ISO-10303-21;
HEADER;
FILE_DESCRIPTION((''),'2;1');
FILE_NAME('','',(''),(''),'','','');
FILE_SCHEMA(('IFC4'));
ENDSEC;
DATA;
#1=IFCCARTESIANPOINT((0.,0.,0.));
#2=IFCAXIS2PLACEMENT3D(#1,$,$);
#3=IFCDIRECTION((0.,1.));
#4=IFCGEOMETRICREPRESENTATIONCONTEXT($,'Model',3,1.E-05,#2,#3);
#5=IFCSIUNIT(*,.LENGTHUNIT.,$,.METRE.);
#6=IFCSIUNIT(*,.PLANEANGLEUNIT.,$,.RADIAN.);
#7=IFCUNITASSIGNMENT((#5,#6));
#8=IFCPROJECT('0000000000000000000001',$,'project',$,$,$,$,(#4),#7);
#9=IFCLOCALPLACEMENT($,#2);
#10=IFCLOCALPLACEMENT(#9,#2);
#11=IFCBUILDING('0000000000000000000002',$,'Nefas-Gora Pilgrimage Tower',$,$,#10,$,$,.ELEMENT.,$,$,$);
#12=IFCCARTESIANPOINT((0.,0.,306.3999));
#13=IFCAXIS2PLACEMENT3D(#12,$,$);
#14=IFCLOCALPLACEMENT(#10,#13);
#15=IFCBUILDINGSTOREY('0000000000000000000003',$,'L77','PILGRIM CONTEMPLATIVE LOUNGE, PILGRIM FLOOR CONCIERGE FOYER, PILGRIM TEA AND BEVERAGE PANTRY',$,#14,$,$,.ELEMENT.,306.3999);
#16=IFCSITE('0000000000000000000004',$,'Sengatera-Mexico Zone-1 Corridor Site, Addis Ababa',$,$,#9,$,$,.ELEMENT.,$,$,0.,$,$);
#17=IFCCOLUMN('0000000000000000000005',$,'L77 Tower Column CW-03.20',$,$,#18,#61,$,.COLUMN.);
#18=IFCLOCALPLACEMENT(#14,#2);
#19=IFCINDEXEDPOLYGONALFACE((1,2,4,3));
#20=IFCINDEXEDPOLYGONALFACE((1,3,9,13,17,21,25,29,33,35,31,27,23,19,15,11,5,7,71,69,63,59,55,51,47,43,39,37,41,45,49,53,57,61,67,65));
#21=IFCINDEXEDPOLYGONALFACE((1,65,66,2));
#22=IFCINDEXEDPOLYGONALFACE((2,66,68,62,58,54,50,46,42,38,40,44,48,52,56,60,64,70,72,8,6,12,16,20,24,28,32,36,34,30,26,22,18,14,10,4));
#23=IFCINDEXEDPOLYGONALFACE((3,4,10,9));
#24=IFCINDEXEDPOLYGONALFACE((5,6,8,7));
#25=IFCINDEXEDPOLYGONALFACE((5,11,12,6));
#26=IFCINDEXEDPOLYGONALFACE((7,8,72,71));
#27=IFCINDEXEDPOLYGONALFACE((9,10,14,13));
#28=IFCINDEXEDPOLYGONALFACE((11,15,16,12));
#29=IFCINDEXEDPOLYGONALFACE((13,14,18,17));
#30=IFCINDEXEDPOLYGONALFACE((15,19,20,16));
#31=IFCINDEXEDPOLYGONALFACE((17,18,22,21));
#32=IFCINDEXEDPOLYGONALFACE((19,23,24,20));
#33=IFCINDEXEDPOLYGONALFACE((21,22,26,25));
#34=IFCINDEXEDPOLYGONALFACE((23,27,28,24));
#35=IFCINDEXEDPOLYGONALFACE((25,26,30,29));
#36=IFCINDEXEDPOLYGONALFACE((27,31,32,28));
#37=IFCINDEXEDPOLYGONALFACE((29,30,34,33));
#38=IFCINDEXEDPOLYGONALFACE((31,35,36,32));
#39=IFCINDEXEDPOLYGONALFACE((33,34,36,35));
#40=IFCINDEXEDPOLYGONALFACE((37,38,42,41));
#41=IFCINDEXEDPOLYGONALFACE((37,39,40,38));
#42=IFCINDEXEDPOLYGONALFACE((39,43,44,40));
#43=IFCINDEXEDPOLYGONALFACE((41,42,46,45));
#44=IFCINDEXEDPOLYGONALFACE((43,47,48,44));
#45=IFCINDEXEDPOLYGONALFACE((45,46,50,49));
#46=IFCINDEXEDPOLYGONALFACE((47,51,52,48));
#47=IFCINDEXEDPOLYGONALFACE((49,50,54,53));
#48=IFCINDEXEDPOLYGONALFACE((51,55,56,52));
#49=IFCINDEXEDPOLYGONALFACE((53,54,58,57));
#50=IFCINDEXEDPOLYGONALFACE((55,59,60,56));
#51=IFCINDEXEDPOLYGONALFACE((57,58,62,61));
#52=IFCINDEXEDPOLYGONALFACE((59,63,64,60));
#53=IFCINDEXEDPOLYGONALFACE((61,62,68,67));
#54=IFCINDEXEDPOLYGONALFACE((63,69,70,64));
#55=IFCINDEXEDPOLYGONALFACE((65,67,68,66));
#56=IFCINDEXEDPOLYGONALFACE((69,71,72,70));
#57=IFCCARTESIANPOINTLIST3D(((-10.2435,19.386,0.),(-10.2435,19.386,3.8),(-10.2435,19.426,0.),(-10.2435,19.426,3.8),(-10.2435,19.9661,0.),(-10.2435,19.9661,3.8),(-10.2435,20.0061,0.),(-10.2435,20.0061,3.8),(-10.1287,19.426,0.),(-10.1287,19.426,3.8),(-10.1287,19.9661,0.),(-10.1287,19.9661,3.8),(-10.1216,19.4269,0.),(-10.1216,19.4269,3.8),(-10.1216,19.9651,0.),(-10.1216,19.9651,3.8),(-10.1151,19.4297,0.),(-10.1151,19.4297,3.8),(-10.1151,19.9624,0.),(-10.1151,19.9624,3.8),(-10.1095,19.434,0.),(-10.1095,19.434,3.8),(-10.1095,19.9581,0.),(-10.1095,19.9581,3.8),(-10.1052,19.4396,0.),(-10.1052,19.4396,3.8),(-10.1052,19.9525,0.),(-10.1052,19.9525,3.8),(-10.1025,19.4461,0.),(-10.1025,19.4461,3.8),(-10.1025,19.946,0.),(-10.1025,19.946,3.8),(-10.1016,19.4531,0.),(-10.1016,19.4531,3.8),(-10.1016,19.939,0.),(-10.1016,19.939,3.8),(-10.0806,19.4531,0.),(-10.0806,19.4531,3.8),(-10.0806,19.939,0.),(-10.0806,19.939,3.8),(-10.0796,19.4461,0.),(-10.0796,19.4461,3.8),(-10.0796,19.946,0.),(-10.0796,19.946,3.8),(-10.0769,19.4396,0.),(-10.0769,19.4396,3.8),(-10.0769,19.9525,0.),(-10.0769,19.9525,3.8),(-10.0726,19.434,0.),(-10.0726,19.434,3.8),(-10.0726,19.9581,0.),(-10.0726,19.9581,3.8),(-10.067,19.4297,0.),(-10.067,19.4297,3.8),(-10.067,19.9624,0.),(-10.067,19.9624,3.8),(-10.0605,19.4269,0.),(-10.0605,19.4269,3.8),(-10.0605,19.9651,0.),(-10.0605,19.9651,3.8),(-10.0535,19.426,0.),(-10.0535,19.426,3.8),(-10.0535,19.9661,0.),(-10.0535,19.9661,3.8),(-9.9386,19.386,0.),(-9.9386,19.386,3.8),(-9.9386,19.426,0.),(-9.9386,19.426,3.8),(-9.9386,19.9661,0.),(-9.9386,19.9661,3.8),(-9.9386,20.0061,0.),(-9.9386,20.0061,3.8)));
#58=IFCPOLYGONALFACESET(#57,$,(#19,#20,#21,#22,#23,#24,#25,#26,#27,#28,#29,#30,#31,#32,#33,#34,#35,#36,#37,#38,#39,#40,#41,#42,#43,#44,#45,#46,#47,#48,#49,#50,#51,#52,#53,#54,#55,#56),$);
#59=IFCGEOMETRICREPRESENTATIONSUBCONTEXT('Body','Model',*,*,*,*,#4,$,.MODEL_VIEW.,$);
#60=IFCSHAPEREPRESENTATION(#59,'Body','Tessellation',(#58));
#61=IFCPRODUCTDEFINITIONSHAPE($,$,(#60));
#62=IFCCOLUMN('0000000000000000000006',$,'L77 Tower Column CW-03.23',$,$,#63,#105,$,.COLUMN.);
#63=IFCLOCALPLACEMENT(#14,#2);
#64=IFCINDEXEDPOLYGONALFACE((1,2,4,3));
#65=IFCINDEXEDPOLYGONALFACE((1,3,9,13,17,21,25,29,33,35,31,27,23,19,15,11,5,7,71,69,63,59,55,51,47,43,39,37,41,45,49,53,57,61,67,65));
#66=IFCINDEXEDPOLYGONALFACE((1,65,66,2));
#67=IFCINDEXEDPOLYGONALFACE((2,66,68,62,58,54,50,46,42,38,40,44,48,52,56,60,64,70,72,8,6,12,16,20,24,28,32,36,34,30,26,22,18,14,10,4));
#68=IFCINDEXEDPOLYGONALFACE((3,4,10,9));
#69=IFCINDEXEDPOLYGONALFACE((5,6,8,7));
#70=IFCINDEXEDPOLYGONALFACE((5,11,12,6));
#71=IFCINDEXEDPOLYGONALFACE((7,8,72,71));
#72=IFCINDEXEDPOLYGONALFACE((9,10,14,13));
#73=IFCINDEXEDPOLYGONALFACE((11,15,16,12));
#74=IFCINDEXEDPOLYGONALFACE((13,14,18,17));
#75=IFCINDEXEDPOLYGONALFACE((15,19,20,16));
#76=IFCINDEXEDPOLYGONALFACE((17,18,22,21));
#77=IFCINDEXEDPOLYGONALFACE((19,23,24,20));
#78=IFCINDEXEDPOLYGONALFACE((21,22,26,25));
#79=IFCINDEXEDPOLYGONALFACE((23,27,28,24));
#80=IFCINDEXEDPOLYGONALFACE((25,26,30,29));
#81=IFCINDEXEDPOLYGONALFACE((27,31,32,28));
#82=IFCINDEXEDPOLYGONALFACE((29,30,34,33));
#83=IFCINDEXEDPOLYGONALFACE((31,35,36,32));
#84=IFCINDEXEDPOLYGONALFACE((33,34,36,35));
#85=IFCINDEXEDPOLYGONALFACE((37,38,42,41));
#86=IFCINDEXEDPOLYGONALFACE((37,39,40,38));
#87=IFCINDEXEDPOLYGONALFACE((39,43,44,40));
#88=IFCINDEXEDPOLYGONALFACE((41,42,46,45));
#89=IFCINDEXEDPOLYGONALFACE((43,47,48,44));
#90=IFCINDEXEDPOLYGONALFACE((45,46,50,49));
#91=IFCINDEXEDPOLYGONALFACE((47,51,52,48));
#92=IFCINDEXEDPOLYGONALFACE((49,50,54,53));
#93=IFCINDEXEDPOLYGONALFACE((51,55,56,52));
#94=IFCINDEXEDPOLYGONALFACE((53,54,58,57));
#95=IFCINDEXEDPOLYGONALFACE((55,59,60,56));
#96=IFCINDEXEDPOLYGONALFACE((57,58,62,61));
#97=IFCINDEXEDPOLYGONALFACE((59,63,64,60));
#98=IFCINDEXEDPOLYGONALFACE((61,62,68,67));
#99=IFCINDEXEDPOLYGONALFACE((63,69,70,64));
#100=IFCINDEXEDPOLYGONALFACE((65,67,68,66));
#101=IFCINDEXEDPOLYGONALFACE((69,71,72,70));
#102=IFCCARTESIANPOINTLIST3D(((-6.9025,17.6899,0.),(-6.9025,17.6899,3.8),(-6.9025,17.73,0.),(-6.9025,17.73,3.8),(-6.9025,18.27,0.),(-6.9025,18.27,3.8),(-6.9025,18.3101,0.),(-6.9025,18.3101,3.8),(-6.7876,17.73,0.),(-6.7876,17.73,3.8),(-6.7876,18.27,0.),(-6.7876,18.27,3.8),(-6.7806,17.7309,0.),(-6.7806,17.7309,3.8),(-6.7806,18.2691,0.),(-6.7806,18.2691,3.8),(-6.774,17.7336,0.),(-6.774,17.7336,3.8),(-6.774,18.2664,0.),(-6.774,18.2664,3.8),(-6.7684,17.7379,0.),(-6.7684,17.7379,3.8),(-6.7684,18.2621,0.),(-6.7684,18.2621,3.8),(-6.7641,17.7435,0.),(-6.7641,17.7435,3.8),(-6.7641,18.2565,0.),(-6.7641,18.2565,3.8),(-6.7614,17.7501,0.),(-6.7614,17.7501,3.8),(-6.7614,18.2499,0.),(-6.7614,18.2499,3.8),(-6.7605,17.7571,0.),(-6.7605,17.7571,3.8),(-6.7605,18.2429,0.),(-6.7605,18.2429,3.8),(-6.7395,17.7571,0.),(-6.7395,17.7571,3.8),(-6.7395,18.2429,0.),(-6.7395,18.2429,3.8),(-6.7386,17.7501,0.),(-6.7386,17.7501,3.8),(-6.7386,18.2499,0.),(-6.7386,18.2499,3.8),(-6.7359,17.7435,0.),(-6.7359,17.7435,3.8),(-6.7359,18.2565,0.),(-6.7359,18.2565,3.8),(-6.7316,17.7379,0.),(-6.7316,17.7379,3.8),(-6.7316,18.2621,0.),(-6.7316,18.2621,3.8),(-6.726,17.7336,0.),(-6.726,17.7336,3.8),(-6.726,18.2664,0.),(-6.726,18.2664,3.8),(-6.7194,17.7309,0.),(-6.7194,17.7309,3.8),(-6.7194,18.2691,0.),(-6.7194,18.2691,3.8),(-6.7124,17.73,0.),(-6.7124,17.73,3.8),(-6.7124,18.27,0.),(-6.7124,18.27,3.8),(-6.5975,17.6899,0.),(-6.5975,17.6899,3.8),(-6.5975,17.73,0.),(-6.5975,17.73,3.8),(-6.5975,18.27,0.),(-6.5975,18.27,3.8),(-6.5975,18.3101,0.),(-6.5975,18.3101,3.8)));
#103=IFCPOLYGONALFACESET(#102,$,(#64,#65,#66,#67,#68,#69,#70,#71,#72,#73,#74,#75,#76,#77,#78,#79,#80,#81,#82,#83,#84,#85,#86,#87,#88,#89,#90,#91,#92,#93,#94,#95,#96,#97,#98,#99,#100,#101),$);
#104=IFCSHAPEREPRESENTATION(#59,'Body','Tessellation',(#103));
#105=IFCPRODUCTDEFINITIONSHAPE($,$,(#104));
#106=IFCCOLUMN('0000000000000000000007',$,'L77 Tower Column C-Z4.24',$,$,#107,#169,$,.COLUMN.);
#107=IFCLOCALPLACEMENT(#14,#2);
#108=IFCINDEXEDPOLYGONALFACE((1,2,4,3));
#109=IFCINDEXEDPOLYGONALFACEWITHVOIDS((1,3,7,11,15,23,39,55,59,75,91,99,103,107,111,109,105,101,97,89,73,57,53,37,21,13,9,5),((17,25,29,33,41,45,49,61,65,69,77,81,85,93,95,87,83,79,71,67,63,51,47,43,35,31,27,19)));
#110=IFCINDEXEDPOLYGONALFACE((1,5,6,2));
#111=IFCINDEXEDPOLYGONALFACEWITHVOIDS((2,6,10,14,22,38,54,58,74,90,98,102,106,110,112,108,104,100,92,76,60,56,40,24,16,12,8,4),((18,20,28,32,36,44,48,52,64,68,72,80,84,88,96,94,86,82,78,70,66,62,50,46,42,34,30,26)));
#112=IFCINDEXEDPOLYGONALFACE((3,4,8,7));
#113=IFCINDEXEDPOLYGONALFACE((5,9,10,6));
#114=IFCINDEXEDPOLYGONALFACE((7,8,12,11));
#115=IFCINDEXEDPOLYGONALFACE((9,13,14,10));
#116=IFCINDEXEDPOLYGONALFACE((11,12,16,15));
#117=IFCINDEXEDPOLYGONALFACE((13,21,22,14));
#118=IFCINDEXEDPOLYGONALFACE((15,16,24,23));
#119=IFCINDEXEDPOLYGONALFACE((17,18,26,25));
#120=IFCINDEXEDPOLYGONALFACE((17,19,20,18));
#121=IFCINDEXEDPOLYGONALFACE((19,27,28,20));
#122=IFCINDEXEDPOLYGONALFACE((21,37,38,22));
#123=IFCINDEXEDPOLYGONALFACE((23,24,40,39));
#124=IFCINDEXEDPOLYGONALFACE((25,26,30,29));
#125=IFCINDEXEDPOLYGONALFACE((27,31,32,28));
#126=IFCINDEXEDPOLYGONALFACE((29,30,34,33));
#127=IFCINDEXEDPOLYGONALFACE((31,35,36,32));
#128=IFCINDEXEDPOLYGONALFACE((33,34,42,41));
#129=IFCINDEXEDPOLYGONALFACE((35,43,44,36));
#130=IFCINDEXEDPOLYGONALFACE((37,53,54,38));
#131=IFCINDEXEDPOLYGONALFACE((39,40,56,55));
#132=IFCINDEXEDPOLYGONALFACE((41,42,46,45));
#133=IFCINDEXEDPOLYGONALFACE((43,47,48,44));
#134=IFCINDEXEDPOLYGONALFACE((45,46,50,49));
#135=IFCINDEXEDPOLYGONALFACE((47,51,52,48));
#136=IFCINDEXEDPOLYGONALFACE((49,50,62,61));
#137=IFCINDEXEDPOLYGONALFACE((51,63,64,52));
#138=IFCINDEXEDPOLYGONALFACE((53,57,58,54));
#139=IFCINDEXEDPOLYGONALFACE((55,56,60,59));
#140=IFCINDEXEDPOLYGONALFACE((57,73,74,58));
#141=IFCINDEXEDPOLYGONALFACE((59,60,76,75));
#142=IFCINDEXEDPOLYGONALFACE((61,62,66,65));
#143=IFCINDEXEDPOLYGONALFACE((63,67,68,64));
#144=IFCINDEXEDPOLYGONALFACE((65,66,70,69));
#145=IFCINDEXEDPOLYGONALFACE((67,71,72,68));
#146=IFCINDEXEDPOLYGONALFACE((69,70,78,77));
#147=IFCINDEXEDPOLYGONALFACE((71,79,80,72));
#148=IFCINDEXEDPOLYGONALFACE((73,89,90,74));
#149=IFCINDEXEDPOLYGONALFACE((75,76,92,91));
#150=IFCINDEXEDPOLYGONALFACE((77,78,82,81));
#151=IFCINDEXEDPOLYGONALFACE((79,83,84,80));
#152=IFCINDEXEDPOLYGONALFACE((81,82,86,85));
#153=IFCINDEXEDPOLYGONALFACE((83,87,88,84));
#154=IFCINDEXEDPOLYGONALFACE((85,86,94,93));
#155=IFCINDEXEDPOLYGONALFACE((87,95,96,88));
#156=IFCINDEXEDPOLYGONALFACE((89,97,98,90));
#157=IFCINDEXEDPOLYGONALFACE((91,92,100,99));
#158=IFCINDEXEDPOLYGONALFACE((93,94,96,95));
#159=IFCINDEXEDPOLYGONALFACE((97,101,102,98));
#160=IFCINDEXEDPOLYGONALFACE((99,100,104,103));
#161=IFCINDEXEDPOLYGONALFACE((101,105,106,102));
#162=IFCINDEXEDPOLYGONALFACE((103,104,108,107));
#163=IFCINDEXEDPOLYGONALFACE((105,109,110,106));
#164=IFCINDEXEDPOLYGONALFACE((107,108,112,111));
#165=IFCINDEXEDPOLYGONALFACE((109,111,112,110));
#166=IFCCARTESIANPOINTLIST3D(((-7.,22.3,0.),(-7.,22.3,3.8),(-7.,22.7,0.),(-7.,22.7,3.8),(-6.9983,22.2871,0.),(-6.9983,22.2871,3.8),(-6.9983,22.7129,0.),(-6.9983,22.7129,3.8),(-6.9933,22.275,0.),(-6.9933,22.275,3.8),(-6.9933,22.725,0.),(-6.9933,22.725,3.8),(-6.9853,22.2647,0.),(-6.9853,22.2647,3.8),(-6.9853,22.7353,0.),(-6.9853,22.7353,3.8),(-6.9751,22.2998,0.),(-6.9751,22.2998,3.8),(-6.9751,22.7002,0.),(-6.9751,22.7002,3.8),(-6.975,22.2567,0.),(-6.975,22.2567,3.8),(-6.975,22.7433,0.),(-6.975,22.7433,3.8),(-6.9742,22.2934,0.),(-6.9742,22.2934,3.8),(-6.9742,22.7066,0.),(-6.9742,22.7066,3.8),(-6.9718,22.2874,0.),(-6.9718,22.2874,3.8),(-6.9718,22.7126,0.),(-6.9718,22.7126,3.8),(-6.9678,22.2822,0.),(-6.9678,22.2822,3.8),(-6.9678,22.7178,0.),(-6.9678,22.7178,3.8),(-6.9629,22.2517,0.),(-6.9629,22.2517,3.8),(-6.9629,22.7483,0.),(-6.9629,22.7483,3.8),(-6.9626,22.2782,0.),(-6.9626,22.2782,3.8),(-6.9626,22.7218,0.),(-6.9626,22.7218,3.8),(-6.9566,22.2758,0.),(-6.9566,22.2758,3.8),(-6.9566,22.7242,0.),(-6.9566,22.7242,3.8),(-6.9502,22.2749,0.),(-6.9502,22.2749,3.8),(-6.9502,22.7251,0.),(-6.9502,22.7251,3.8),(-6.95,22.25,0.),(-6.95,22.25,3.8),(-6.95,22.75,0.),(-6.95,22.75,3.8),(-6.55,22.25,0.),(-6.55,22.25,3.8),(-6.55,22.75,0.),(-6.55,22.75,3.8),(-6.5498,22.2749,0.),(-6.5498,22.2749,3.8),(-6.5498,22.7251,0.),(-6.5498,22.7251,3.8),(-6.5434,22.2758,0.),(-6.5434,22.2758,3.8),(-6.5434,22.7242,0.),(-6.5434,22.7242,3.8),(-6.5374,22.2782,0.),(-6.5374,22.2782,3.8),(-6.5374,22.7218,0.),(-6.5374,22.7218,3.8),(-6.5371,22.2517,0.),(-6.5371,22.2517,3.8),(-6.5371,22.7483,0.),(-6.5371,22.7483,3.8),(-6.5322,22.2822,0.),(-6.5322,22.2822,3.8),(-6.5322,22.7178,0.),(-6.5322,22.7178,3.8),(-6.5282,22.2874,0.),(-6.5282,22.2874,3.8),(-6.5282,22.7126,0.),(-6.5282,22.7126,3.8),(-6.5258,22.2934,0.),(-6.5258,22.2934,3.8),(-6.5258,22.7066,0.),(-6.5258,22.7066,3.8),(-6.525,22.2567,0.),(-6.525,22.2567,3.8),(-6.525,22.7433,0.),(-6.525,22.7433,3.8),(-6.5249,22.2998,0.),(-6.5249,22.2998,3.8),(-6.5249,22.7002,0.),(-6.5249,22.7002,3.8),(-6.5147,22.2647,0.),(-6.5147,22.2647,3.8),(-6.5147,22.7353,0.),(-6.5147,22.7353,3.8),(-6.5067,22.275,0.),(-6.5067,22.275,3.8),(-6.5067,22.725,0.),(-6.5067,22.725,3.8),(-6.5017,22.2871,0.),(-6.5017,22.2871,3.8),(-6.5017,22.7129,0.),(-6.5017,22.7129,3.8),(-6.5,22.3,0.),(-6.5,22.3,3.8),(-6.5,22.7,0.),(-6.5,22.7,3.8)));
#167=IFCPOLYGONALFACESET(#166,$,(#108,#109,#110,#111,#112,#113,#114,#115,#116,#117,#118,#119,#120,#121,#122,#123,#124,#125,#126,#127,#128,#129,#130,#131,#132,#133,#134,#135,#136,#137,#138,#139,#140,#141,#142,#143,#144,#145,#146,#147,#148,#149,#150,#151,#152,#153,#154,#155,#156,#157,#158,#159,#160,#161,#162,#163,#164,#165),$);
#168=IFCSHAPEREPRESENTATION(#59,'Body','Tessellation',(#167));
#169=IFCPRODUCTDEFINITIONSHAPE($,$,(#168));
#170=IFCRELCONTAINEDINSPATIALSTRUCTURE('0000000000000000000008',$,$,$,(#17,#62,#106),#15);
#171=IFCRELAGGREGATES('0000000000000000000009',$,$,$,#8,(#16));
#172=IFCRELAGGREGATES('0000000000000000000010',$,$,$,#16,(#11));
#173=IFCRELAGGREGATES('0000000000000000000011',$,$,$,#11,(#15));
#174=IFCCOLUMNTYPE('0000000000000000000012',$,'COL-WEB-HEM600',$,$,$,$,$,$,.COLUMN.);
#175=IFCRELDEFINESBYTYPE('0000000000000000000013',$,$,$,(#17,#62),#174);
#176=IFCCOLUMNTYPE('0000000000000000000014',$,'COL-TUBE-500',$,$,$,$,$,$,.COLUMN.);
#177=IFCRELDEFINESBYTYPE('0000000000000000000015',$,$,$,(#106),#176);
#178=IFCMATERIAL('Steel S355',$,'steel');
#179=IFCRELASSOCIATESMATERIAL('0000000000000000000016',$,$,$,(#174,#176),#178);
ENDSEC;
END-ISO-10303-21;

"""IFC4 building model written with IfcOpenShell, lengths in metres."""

from ifc_helpers import new_model, si_unit, direction, frame, origin, origin_2d, place, context, subcontext, project, spatial, hollow_rectangle, i_section, extrude, source, transform, mapped, material, material_profile, profile_set, type_object, element, save


model = new_model("IFC4")

# Units and contexts
model_context = context("Model", 3, precision=1e-05, world=origin(), true_north=direction((0.0, 1.0)))
body_context = subcontext(model_context, "Body", "Model", "MODEL_VIEW")
ifc_project = project(units=[si_unit("LENGTHUNIT", "METRE"), si_unit("PLANEANGLEUNIT", "RADIAN")], contexts=[model_context])

# Site, building, storey
site_placement = place(None, origin())
site = spatial("IfcSite", under=ifc_project, at=site_placement, Name="Sengatera-Mexico Zone-1 Corridor Site, Addis Ababa", CompositionType="ELEMENT", RefElevation=0.0)
building_placement = place(site_placement, origin())
building = spatial("IfcBuilding", under=site, at=building_placement, Name="Nefas-Gora Pilgrimage Tower", CompositionType="ELEMENT")
storey_placement = place(building_placement, frame((0.0, 0.0, 306.3999)))
storey = spatial("IfcBuildingStorey", under=building, at=storey_placement, Name="L77", Description="PILGRIM CONTEMPLATIVE LOUNGE, PILGRIM FLOOR CONCIERGE FOYER, PILGRIM TEA AND BEVERAGE PANTRY", CompositionType="ELEMENT", Elevation=306.3999)

# Columns
ifc_material_1 = material(Name="Steel S355", Category="steel")
ifc_material_profile_1 = material_profile(ifc_material_1, i_section(OverallWidth=0.3049, OverallDepth=0.6201, WebThickness=0.021, FlangeThickness=0.04, FilletRadius=0.0271, at=origin_2d()), Name="HEM 600")
ifc_profile_set_1 = profile_set([ifc_material_profile_1], Name="Steel S355")
column_type_1 = type_object("IfcColumnType", Name="COL-WEB-HEM600", PredefinedType="COLUMN", material=ifc_profile_set_1)
shared_shape_1 = source(origin(), body_context, "Body", "SweptSolid", [
    extrude(i_section(OverallWidth=0.3049, OverallDepth=0.6201, WebThickness=0.021, FlangeThickness=0.04, FilletRadius=0.0271, at=origin_2d()), origin(), (0.0, 0.0, 1.0), 3.8),
])
for number, where, z_axis, x_axis, name in (
    (1, (-10.0911, 19.696, 0.0), (0.0, 0.0, 1.0), (1.0, 0.0, 0.0), "L77 Tower Column CW-03.20"),
    (2, (-6.75, 18.0, 0.0), (0.0, 0.0, 1.0), (1.0, 0.0, 0.0), "L77 Tower Column CW-03.23"),
):
    element("IfcColumn", number, at=place(storey_placement, frame(where, z_axis=z_axis, x_axis=x_axis)), inside=storey, type_object=column_type_1, Name=name, PredefinedType="COLUMN", context=body_context, shape_type="MappedRepresentation", body=[
        mapped(shared_shape_1, transform((0.0, 0.0, 0.0), x_axis=(1.0, 0.0, 0.0), y_axis=(0.0, 1.0, 0.0), z_axis=(0.0, 0.0, 1.0), scale=1.0)),
    ])
ifc_material_profile_2 = material_profile(ifc_material_1, hollow_rectangle(XDim=0.5, YDim=0.5, WallThickness=0.0249, InnerFilletRadius=0.0249, OuterFilletRadius=0.05, at=origin_2d()), Name="SHS 500x500x25")
ifc_profile_set_2 = profile_set([ifc_material_profile_2], Name="Steel S355")
column_type_2 = type_object("IfcColumnType", Name="COL-TUBE-500", PredefinedType="COLUMN", material=ifc_profile_set_2)
shared_shape_2 = source(origin(), body_context, "Body", "SweptSolid", [
    extrude(hollow_rectangle(XDim=0.5, YDim=0.5, WallThickness=0.0249, InnerFilletRadius=0.0249, OuterFilletRadius=0.05, at=origin_2d()), origin(), (0.0, 0.0, 1.0), 3.8),
])
column_placement = place(storey_placement, frame((-6.75, 22.5, 0.0), z_axis=(0.0, 0.0, 1.0), x_axis=(1.0, 0.0, 0.0)))
element("IfcColumn", 3, at=column_placement, inside=storey, type_object=column_type_2, Name="L77 Tower Column C-Z4.24", PredefinedType="COLUMN", context=body_context, shape_type="MappedRepresentation", body=[
    mapped(shared_shape_2, transform((0.0, 0.0, 0.0), x_axis=(1.0, 0.0, 0.0), y_axis=(0.0, 1.0, 0.0), z_axis=(0.0, 0.0, 1.0), scale=1.0)),
])

save(model, "model.ifc")
